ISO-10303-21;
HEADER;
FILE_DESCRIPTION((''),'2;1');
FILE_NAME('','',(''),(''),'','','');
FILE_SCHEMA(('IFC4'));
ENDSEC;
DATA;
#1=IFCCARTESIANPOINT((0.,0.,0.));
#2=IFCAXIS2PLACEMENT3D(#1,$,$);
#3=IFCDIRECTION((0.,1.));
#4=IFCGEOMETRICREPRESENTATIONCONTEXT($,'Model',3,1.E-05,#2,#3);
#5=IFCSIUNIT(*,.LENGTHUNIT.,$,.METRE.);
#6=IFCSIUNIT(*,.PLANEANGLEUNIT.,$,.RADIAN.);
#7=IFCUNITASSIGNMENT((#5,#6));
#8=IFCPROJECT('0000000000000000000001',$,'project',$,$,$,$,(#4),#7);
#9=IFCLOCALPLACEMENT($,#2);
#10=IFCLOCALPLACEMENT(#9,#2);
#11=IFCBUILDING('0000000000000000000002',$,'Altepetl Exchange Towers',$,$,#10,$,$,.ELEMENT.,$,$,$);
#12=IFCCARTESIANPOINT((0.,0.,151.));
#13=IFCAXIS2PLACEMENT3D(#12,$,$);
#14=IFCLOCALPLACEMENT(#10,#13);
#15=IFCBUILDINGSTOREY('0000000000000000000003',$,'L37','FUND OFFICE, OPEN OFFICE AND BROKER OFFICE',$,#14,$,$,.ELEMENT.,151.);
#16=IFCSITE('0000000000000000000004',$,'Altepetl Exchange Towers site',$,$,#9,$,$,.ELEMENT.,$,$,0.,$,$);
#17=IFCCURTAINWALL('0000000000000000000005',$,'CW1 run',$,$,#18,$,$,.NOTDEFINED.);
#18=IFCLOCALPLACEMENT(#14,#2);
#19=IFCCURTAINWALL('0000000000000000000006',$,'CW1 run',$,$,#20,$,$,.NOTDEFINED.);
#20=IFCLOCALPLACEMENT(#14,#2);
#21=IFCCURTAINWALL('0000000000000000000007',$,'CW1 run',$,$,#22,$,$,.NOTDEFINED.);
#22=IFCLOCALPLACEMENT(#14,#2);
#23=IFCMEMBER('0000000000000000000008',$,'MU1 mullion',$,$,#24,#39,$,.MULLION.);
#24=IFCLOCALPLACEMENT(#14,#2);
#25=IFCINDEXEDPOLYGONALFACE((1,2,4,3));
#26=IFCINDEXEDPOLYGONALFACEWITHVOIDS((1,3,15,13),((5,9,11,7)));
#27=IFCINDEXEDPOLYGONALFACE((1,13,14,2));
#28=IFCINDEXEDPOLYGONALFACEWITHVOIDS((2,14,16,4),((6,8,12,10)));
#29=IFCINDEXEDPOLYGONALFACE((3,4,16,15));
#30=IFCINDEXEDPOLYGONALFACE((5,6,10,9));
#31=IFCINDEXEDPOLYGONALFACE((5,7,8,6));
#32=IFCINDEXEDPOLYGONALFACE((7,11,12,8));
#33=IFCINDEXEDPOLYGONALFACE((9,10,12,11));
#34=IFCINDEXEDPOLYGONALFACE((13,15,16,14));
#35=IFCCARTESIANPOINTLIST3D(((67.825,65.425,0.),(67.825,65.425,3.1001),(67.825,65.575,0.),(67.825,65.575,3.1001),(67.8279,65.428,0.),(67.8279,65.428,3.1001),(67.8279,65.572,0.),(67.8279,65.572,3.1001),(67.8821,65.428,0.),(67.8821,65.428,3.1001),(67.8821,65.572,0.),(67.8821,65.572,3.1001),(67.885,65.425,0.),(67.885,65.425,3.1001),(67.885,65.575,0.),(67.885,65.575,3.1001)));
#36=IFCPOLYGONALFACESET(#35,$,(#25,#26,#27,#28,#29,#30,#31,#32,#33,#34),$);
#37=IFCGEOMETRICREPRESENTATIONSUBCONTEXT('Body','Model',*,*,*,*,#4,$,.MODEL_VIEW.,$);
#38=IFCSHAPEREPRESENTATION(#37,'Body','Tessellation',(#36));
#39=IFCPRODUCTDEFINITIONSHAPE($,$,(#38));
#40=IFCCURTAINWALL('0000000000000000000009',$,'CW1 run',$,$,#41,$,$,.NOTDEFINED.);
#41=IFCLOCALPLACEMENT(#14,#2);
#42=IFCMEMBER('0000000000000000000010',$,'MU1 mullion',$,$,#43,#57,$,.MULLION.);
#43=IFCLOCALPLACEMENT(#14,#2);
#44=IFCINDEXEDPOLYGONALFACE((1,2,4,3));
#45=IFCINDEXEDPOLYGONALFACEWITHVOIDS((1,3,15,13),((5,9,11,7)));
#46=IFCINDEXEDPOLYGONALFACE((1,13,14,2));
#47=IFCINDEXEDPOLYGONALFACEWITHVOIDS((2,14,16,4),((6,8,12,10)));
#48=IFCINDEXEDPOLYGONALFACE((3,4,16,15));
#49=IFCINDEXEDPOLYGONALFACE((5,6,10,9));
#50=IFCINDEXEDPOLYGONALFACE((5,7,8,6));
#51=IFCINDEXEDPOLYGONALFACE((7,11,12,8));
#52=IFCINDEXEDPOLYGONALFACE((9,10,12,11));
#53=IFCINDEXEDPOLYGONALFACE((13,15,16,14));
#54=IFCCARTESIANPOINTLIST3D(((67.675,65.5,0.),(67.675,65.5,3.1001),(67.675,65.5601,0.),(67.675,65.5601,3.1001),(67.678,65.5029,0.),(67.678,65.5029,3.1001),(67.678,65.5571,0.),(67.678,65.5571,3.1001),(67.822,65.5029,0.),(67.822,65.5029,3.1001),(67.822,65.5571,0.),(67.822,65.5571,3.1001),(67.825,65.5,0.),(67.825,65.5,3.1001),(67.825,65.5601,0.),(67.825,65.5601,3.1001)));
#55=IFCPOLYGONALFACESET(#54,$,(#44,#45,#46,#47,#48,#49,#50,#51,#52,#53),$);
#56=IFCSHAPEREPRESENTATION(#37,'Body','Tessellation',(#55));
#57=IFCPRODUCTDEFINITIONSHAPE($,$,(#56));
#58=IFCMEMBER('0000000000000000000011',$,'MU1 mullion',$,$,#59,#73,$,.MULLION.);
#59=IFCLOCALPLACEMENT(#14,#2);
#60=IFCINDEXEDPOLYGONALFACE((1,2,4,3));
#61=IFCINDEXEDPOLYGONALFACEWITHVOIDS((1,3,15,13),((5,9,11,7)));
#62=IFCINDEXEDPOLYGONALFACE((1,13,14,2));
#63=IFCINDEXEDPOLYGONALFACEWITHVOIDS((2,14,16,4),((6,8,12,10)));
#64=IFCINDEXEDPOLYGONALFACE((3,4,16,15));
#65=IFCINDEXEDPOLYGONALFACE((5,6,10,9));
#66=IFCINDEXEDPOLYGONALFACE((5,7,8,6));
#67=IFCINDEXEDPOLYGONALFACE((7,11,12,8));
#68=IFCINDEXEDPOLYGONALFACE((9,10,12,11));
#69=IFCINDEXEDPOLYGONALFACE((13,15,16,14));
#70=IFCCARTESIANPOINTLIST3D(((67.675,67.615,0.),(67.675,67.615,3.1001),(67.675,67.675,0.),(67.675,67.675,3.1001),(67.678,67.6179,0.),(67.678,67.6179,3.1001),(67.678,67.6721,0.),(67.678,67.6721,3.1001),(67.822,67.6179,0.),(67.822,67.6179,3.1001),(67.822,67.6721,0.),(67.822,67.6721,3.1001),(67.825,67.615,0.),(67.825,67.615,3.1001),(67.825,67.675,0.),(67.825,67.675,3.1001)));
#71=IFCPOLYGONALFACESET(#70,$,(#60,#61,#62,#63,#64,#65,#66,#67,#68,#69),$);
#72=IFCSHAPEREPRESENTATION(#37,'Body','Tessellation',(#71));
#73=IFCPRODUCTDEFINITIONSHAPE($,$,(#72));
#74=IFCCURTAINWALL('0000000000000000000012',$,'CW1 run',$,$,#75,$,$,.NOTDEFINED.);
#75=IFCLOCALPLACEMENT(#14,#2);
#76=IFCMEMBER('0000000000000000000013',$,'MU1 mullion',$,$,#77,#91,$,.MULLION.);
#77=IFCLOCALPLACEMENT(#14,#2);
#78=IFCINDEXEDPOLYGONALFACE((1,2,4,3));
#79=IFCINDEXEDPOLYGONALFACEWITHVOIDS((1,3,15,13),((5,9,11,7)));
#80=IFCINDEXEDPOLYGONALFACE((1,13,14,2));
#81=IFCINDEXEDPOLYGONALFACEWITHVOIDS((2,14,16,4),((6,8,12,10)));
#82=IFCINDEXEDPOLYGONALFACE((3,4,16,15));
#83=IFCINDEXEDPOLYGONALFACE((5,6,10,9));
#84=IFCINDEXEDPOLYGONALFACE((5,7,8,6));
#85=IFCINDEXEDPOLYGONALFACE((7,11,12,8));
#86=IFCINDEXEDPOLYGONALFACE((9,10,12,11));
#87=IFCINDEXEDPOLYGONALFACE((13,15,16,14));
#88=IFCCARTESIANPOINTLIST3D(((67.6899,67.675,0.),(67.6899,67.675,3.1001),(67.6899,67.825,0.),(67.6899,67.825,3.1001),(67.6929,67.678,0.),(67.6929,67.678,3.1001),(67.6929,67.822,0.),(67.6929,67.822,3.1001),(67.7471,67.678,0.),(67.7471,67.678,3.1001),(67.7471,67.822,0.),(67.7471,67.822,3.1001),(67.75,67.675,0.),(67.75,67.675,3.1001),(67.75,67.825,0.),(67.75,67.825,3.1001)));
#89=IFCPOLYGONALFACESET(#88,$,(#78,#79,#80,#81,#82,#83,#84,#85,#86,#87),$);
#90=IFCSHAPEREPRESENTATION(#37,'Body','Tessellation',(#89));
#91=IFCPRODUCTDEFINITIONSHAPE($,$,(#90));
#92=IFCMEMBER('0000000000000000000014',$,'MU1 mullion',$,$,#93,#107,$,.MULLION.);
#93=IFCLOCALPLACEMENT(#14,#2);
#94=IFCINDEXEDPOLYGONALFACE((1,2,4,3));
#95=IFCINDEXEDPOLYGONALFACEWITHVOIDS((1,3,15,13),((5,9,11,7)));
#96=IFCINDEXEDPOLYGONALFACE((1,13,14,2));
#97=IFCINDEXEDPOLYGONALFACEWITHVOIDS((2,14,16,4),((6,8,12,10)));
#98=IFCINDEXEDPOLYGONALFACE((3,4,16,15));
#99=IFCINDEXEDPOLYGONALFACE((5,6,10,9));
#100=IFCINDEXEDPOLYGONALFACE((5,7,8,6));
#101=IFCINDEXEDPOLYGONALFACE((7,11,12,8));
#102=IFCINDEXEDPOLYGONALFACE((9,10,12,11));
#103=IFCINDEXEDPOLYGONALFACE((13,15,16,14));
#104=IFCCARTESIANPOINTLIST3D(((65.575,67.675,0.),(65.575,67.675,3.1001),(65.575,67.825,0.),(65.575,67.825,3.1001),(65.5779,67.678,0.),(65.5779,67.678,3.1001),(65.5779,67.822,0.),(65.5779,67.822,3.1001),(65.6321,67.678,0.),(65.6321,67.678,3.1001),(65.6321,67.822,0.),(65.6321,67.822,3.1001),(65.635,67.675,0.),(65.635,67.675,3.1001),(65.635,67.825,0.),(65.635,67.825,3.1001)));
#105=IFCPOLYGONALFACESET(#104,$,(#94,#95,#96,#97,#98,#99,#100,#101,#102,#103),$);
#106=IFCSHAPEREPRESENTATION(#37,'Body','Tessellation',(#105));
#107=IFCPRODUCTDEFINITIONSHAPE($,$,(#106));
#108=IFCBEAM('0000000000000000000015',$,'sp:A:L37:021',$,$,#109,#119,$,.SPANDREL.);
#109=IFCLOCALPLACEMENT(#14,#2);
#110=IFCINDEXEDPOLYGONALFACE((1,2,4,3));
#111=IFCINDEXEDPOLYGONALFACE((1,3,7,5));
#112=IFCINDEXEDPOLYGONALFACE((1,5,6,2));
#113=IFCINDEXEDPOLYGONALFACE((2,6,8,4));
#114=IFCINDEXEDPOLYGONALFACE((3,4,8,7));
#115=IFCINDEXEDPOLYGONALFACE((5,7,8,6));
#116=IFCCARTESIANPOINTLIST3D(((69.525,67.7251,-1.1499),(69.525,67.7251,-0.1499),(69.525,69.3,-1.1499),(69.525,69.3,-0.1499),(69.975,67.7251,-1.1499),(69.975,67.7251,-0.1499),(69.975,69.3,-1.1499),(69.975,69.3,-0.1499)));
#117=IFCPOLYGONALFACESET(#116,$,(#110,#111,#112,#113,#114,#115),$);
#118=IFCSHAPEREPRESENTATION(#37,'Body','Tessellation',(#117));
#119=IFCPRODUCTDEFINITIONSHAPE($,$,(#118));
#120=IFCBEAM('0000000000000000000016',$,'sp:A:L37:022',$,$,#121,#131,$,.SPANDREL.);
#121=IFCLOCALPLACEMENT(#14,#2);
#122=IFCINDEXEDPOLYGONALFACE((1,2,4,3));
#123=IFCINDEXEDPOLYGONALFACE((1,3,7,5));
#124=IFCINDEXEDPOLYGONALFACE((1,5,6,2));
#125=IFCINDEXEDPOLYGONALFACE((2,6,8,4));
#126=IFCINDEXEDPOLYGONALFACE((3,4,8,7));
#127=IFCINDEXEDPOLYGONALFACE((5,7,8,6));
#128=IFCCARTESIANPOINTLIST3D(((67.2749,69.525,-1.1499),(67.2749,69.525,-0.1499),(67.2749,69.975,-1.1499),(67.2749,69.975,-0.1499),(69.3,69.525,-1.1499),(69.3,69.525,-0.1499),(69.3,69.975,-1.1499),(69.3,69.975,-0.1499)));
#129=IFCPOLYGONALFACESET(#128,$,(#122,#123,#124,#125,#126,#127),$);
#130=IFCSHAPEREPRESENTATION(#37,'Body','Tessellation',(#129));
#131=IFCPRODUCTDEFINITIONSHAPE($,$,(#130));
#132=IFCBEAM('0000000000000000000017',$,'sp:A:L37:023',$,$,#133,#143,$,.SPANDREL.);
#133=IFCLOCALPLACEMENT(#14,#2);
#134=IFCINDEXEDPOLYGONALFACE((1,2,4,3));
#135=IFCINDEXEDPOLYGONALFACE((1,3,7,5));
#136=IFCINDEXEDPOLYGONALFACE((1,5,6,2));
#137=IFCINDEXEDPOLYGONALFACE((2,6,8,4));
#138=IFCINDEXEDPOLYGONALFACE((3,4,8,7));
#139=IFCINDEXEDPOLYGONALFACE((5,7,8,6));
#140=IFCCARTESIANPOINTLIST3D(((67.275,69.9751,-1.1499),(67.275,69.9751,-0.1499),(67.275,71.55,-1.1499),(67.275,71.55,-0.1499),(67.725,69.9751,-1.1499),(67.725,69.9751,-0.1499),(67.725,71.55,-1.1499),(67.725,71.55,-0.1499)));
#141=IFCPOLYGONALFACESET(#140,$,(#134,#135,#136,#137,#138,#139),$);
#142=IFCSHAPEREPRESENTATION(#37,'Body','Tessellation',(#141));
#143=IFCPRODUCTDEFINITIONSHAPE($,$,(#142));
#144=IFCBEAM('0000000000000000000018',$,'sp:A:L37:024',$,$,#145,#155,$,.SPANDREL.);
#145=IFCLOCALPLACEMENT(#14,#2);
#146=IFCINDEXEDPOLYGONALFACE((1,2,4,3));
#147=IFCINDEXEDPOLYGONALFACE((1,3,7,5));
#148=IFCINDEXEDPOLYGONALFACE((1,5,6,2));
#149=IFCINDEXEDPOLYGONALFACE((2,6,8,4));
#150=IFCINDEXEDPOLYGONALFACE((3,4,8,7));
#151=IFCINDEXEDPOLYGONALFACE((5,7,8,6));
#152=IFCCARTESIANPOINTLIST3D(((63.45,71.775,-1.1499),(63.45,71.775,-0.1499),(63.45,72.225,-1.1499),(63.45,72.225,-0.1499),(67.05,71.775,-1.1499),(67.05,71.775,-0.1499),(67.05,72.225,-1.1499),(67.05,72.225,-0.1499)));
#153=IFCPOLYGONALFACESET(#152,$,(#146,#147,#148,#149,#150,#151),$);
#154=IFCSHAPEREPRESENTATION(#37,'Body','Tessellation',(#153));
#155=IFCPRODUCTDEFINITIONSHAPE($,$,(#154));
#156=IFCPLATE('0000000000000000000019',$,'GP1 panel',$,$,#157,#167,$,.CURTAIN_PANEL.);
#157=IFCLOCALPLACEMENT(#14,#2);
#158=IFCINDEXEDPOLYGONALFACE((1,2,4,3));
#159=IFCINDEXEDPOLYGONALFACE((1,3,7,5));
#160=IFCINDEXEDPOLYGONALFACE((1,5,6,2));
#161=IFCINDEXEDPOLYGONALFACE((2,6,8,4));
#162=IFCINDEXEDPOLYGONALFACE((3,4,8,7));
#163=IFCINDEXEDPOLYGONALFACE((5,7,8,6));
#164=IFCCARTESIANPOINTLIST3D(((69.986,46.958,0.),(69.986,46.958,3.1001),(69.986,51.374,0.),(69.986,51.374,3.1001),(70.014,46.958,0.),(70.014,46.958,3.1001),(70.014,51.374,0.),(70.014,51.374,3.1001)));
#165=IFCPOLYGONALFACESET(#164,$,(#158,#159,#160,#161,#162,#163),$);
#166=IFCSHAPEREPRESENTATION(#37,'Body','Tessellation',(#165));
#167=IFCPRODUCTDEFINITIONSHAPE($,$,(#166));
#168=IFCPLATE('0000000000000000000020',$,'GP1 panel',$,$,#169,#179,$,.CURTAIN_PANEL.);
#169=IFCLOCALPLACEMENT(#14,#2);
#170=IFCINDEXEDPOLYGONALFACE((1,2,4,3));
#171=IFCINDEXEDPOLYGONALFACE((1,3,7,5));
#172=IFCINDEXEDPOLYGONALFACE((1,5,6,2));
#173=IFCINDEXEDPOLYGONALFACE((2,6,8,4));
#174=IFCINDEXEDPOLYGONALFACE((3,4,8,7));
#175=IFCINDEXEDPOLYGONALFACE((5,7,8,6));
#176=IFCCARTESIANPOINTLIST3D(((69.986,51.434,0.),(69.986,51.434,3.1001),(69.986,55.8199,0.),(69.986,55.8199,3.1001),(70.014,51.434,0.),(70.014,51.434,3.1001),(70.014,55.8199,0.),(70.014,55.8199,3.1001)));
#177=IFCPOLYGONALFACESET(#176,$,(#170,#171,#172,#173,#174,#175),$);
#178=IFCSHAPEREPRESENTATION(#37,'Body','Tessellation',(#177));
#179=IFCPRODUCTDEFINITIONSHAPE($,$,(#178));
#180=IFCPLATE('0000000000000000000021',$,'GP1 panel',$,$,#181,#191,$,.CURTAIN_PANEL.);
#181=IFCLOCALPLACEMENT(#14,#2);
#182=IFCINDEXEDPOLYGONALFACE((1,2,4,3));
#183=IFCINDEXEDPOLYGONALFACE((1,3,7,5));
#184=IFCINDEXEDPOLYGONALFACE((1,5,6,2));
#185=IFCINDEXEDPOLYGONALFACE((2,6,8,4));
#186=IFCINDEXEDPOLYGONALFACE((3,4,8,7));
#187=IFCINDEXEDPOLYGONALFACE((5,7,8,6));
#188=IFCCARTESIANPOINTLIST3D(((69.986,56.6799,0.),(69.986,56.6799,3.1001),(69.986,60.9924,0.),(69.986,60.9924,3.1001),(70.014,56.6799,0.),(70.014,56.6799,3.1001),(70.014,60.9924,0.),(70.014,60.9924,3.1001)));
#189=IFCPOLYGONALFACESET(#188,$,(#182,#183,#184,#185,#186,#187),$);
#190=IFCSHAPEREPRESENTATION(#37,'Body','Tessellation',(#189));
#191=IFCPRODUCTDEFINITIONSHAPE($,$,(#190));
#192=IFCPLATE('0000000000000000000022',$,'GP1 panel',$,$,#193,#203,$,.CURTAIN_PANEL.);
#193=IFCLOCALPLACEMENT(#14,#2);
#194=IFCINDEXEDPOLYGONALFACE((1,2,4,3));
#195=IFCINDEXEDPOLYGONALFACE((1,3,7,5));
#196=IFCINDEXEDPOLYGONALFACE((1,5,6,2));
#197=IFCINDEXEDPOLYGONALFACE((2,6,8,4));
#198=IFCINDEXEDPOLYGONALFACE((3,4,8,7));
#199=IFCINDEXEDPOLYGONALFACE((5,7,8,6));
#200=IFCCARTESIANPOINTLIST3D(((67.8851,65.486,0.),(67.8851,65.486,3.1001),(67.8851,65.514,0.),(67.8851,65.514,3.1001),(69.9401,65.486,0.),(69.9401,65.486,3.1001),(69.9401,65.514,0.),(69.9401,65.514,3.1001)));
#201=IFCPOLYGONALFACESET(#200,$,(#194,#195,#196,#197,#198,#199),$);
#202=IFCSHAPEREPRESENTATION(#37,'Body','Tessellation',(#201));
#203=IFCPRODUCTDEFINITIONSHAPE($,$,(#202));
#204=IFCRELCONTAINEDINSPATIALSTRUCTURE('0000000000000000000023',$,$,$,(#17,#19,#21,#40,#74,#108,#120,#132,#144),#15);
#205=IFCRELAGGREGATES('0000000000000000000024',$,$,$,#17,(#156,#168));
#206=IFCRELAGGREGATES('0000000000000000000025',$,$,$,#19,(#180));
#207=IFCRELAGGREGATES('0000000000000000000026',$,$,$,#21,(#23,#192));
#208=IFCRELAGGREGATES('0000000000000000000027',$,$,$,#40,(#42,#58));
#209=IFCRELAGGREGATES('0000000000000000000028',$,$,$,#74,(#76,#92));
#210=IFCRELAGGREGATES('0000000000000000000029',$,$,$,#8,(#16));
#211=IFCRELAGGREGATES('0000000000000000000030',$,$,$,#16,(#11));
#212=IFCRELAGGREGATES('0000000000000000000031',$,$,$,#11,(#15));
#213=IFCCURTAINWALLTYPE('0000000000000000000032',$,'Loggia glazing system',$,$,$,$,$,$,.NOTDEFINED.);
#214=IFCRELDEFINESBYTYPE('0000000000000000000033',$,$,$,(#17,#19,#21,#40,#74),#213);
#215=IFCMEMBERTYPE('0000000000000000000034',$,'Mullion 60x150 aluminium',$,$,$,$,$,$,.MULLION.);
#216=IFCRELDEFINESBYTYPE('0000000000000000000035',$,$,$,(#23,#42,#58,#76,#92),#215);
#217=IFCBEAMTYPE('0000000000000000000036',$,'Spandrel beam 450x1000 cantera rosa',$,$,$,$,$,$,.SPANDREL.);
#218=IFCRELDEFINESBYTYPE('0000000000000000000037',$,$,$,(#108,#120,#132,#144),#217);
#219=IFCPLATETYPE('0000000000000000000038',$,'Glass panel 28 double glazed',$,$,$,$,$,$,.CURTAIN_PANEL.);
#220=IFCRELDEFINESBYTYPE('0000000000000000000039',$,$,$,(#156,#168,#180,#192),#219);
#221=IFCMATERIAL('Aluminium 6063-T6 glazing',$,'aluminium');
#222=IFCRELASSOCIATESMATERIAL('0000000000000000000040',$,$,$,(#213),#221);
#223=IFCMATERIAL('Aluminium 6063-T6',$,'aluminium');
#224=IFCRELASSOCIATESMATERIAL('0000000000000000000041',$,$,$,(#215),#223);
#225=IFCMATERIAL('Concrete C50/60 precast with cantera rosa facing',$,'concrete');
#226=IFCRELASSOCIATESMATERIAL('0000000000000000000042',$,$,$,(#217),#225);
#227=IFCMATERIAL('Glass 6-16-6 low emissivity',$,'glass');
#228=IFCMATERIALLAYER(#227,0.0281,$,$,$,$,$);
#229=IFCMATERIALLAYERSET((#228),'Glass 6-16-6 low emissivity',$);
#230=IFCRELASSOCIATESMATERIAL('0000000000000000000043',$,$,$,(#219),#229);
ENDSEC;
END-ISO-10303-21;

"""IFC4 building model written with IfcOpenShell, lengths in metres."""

from ifc_helpers import new_model, si_unit, direction, frame, origin, origin_2d, place, context, subcontext, project, spatial, rectangle, hollow_rectangle, extrude, material, layer, layer_set, material_profile, profile_set, type_object, element, aggregate, save


model = new_model("IFC4")

# Units and contexts
model_context = context("Model", 3, precision=1e-05, world=origin(), true_north=direction((0.0, 1.0)))
body_context = subcontext(model_context, "Body", "Model", "MODEL_VIEW")
ifc_project = project(units=[si_unit("LENGTHUNIT", "METRE"), si_unit("PLANEANGLEUNIT", "RADIAN")], contexts=[model_context])

# Site, building, storey
site_placement = place(None, origin())
site = spatial("IfcSite", under=ifc_project, at=site_placement, Name="Altepetl Exchange Towers site", CompositionType="ELEMENT", RefElevation=0.0)
building_placement = place(site_placement, origin())
building = spatial("IfcBuilding", under=site, at=building_placement, Name="Altepetl Exchange Towers", CompositionType="ELEMENT")
storey_placement = place(building_placement, frame((0.0, 0.0, 151.0)))
storey = spatial("IfcBuildingStorey", under=building, at=storey_placement, Name="L37", Description="FUND OFFICE, OPEN OFFICE AND BROKER OFFICE", CompositionType="ELEMENT", Elevation=151.0)

# Curtain walls, members
ifc_material_1 = material(Name="Aluminium 6063-T6 glazing", Category="aluminium")
curtain_wall_type = type_object("IfcCurtainWallType", Name="Loggia glazing system", PredefinedType="NOTDEFINED", material=ifc_material_1)
curtain_wall_1_placement = place(storey_placement, origin())
curtain_wall_1 = element("IfcCurtainWall", 1, at=curtain_wall_1_placement, inside=storey, type_object=curtain_wall_type, Name="CW1 run", PredefinedType="NOTDEFINED")
ifc_material_2 = material(Name="Aluminium 6063-T6", Category="aluminium")
ifc_material_profile_1 = material_profile(ifc_material_2, hollow_rectangle(XDim=0.0601, YDim=0.1499, WallThickness=0.0029, at=origin_2d()), Name="Mullion 60x150 aluminium")
ifc_profile_set_1 = profile_set([ifc_material_profile_1], Name="Aluminium 6063-T6")
member_type = type_object("IfcMemberType", Name="Mullion 60x150 aluminium", PredefinedType="MULLION", material=ifc_profile_set_1)
curtain_wall_2_placement = place(storey_placement, origin())
curtain_wall_2 = element("IfcCurtainWall", 2, at=curtain_wall_2_placement, inside=storey, type_object=curtain_wall_type, Name="CW1 run", PredefinedType="NOTDEFINED")
curtain_wall_3_placement = place(storey_placement, origin())
curtain_wall_3 = element("IfcCurtainWall", 3, at=curtain_wall_3_placement, inside=storey, type_object=curtain_wall_type, Name="CW1 run", PredefinedType="NOTDEFINED")
member_1_placement = place(storey_placement, frame((67.855, 65.5, 0.0), z_axis=(0.0, 0.0, 1.0), x_axis=(-1.0, 0.0, 0.0)))
member_1 = element("IfcMember", 4, at=member_1_placement, type_object=member_type, Name="MU1 mullion", PredefinedType="MULLION", context=body_context, shape_type="SweptSolid", body=[
    extrude(hollow_rectangle(XDim=0.0601, YDim=0.1499, WallThickness=0.0029, at=origin_2d()), origin(), (0.0, 0.0, 1.0), 3.1001),
])
curtain_wall_4_placement = place(storey_placement, origin())
curtain_wall_4 = element("IfcCurtainWall", 5, at=curtain_wall_4_placement, inside=storey, type_object=curtain_wall_type, Name="CW1 run", PredefinedType="NOTDEFINED")
member_2_placement = place(storey_placement, frame((67.75, 65.53, 0.0), z_axis=(0.0, 0.0, 1.0), x_axis=(0.0, 1.0, 0.0)))
member_2 = element("IfcMember", 6, at=member_2_placement, type_object=member_type, Name="MU1 mullion", PredefinedType="MULLION", context=body_context, shape_type="SweptSolid", body=[
    extrude(hollow_rectangle(XDim=0.0601, YDim=0.1499, WallThickness=0.0029, at=origin_2d()), origin(), (0.0, 0.0, 1.0), 3.1001),
])
member_3_placement = place(storey_placement, frame((67.75, 67.645, 0.0), z_axis=(0.0, 0.0, 1.0), x_axis=(0.0, 1.0, 0.0)))
member_3 = element("IfcMember", 7, at=member_3_placement, type_object=member_type, Name="MU1 mullion", PredefinedType="MULLION", context=body_context, shape_type="SweptSolid", body=[
    extrude(hollow_rectangle(XDim=0.0601, YDim=0.1499, WallThickness=0.0029, at=origin_2d()), origin(), (0.0, 0.0, 1.0), 3.1001),
])
curtain_wall_5_placement = place(storey_placement, origin())
curtain_wall_5 = element("IfcCurtainWall", 8, at=curtain_wall_5_placement, inside=storey, type_object=curtain_wall_type, Name="CW1 run", PredefinedType="NOTDEFINED")
member_4_placement = place(storey_placement, frame((67.72, 67.75, 0.0), z_axis=(0.0, 0.0, 1.0), x_axis=(-1.0, 0.0, 0.0)))
member_4 = element("IfcMember", 9, at=member_4_placement, type_object=member_type, Name="MU1 mullion", PredefinedType="MULLION", context=body_context, shape_type="SweptSolid", body=[
    extrude(hollow_rectangle(XDim=0.0601, YDim=0.1499, WallThickness=0.0029, at=origin_2d()), origin(), (0.0, 0.0, 1.0), 3.1001),
])
member_5_placement = place(storey_placement, frame((65.605, 67.75, 0.0), z_axis=(0.0, 0.0, 1.0), x_axis=(-1.0, 0.0, 0.0)))
member_5 = element("IfcMember", 10, at=member_5_placement, type_object=member_type, Name="MU1 mullion", PredefinedType="MULLION", context=body_context, shape_type="SweptSolid", body=[
    extrude(hollow_rectangle(XDim=0.0601, YDim=0.1499, WallThickness=0.0029, at=origin_2d()), origin(), (0.0, 0.0, 1.0), 3.1001),
])

# Beams
ifc_material_3 = material(Name="Concrete C50/60 precast with cantera rosa facing", Category="concrete")
ifc_material_profile_2 = material_profile(ifc_material_3, rectangle(XDim=0.45, YDim=1.0, at=origin_2d()), Name="450 x 1000")
ifc_profile_set_2 = profile_set([ifc_material_profile_2], Name="Concrete C50/60 precast with cantera rosa facing")
beam_type_1 = type_object("IfcBeamType", Name="Spandrel beam 450x1000 cantera rosa", PredefinedType="SPANDREL", material=ifc_profile_set_2)
beam_1_placement = place(storey_placement, frame((69.75, 67.7251, -0.6499), z_axis=(0.0, 1.0, 0.0), x_axis=(-1.0, 0.0, 0.0)))
element("IfcBeam", 11, at=beam_1_placement, inside=storey, type_object=beam_type_1, Name="sp:A:L37:021", PredefinedType="SPANDREL", context=body_context, shape_type="SweptSolid", body=[
    extrude(rectangle(XDim=0.45, YDim=1.0, at=origin_2d()), origin(), (0.0, 0.0, 1.0), 1.575),
])
beam_2_placement = place(storey_placement, frame((69.3, 69.75, -0.6499), z_axis=(-1.0, 0.0, 0.0), x_axis=(0.0, -1.0, 0.0)))
element("IfcBeam", 12, at=beam_2_placement, inside=storey, type_object=beam_type_1, Name="sp:A:L37:022", PredefinedType="SPANDREL", context=body_context, shape_type="SweptSolid", body=[
    extrude(rectangle(XDim=0.45, YDim=1.0, at=origin_2d()), origin(), (0.0, 0.0, 1.0), 2.0251),
])
beam_3_placement = place(storey_placement, frame((67.5, 69.9751, -0.6499), z_axis=(0.0, 1.0, 0.0), x_axis=(-1.0, 0.0, 0.0)))
element("IfcBeam", 13, at=beam_3_placement, inside=storey, type_object=beam_type_1, Name="sp:A:L37:023", PredefinedType="SPANDREL", context=body_context, shape_type="SweptSolid", body=[
    extrude(rectangle(XDim=0.45, YDim=1.0, at=origin_2d()), origin(), (0.0, 0.0, 1.0), 1.575),
])
beam_4_placement = place(storey_placement, frame((67.05, 72.0, -0.6499), z_axis=(-1.0, 0.0, 0.0), x_axis=(0.0, -1.0, 0.0)))
element("IfcBeam", 14, at=beam_4_placement, inside=storey, type_object=beam_type_1, Name="sp:A:L37:024", PredefinedType="SPANDREL", context=body_context, shape_type="SweptSolid", body=[
    extrude(rectangle(XDim=0.45, YDim=1.0, at=origin_2d()), origin(), (0.0, 0.0, 1.0), 3.6001),
])

# Plates
ifc_material_4 = material(Name="Glass 6-16-6 low emissivity", Category="glass")
ifc_layer_1 = layer(ifc_material_4, 0.0281)
ifc_layer_set_1 = layer_set([ifc_layer_1], Name="Glass 6-16-6 low emissivity")
plate_type = type_object("IfcPlateType", Name="Glass panel 28 double glazed", PredefinedType="CURTAIN_PANEL", material=ifc_layer_set_1)
plate_1_placement = place(storey_placement, frame((70.0, 49.166, 0.0), z_axis=(0.0, 0.0, 1.0), x_axis=(0.0, 1.0, 0.0)))
plate_1 = element("IfcPlate", 15, at=plate_1_placement, type_object=plate_type, Name="GP1 panel", PredefinedType="CURTAIN_PANEL", context=body_context, shape_type="SweptSolid", body=[
    extrude(rectangle(XDim=4.416, YDim=0.0281, at=origin_2d()), origin(), (0.0, 0.0, 1.0), 3.1001),
])
plate_2_placement = place(storey_placement, frame((70.0, 53.627, 0.0), z_axis=(0.0, 0.0, 1.0), x_axis=(0.0, 1.0, 0.0)))
plate_2 = element("IfcPlate", 16, at=plate_2_placement, type_object=plate_type, Name="GP1 panel", PredefinedType="CURTAIN_PANEL", context=body_context, shape_type="SweptSolid", body=[
    extrude(rectangle(XDim=4.386, YDim=0.0281, at=origin_2d()), origin(), (0.0, 0.0, 1.0), 3.1001),
])
aggregate(curtain_wall_1, [plate_1, plate_2])
plate_3_placement = place(storey_placement, frame((70.0, 58.8362, 0.0), z_axis=(0.0, 0.0, 1.0), x_axis=(0.0, 1.0, 0.0)))
plate_3 = element("IfcPlate", 17, at=plate_3_placement, type_object=plate_type, Name="GP1 panel", PredefinedType="CURTAIN_PANEL", context=body_context, shape_type="SweptSolid", body=[
    extrude(rectangle(XDim=4.3125, YDim=0.0281, at=origin_2d()), origin(), (0.0, 0.0, 1.0), 3.1001),
])
aggregate(curtain_wall_2, [plate_3])
plate_4_placement = place(storey_placement, frame((68.9126, 65.5, 0.0), z_axis=(0.0, 0.0, 1.0), x_axis=(-1.0, 0.0, 0.0)))
plate_4 = element("IfcPlate", 18, at=plate_4_placement, type_object=plate_type, Name="GP1 panel", PredefinedType="CURTAIN_PANEL", context=body_context, shape_type="SweptSolid", body=[
    extrude(rectangle(XDim=2.0549, YDim=0.0281, at=origin_2d()), origin(), (0.0, 0.0, 1.0), 3.1001),
])
aggregate(curtain_wall_3, [member_1, plate_4])
aggregate(curtain_wall_4, [member_2, member_3])
aggregate(curtain_wall_5, [member_4, member_5])

save(model, "model.ifc")
